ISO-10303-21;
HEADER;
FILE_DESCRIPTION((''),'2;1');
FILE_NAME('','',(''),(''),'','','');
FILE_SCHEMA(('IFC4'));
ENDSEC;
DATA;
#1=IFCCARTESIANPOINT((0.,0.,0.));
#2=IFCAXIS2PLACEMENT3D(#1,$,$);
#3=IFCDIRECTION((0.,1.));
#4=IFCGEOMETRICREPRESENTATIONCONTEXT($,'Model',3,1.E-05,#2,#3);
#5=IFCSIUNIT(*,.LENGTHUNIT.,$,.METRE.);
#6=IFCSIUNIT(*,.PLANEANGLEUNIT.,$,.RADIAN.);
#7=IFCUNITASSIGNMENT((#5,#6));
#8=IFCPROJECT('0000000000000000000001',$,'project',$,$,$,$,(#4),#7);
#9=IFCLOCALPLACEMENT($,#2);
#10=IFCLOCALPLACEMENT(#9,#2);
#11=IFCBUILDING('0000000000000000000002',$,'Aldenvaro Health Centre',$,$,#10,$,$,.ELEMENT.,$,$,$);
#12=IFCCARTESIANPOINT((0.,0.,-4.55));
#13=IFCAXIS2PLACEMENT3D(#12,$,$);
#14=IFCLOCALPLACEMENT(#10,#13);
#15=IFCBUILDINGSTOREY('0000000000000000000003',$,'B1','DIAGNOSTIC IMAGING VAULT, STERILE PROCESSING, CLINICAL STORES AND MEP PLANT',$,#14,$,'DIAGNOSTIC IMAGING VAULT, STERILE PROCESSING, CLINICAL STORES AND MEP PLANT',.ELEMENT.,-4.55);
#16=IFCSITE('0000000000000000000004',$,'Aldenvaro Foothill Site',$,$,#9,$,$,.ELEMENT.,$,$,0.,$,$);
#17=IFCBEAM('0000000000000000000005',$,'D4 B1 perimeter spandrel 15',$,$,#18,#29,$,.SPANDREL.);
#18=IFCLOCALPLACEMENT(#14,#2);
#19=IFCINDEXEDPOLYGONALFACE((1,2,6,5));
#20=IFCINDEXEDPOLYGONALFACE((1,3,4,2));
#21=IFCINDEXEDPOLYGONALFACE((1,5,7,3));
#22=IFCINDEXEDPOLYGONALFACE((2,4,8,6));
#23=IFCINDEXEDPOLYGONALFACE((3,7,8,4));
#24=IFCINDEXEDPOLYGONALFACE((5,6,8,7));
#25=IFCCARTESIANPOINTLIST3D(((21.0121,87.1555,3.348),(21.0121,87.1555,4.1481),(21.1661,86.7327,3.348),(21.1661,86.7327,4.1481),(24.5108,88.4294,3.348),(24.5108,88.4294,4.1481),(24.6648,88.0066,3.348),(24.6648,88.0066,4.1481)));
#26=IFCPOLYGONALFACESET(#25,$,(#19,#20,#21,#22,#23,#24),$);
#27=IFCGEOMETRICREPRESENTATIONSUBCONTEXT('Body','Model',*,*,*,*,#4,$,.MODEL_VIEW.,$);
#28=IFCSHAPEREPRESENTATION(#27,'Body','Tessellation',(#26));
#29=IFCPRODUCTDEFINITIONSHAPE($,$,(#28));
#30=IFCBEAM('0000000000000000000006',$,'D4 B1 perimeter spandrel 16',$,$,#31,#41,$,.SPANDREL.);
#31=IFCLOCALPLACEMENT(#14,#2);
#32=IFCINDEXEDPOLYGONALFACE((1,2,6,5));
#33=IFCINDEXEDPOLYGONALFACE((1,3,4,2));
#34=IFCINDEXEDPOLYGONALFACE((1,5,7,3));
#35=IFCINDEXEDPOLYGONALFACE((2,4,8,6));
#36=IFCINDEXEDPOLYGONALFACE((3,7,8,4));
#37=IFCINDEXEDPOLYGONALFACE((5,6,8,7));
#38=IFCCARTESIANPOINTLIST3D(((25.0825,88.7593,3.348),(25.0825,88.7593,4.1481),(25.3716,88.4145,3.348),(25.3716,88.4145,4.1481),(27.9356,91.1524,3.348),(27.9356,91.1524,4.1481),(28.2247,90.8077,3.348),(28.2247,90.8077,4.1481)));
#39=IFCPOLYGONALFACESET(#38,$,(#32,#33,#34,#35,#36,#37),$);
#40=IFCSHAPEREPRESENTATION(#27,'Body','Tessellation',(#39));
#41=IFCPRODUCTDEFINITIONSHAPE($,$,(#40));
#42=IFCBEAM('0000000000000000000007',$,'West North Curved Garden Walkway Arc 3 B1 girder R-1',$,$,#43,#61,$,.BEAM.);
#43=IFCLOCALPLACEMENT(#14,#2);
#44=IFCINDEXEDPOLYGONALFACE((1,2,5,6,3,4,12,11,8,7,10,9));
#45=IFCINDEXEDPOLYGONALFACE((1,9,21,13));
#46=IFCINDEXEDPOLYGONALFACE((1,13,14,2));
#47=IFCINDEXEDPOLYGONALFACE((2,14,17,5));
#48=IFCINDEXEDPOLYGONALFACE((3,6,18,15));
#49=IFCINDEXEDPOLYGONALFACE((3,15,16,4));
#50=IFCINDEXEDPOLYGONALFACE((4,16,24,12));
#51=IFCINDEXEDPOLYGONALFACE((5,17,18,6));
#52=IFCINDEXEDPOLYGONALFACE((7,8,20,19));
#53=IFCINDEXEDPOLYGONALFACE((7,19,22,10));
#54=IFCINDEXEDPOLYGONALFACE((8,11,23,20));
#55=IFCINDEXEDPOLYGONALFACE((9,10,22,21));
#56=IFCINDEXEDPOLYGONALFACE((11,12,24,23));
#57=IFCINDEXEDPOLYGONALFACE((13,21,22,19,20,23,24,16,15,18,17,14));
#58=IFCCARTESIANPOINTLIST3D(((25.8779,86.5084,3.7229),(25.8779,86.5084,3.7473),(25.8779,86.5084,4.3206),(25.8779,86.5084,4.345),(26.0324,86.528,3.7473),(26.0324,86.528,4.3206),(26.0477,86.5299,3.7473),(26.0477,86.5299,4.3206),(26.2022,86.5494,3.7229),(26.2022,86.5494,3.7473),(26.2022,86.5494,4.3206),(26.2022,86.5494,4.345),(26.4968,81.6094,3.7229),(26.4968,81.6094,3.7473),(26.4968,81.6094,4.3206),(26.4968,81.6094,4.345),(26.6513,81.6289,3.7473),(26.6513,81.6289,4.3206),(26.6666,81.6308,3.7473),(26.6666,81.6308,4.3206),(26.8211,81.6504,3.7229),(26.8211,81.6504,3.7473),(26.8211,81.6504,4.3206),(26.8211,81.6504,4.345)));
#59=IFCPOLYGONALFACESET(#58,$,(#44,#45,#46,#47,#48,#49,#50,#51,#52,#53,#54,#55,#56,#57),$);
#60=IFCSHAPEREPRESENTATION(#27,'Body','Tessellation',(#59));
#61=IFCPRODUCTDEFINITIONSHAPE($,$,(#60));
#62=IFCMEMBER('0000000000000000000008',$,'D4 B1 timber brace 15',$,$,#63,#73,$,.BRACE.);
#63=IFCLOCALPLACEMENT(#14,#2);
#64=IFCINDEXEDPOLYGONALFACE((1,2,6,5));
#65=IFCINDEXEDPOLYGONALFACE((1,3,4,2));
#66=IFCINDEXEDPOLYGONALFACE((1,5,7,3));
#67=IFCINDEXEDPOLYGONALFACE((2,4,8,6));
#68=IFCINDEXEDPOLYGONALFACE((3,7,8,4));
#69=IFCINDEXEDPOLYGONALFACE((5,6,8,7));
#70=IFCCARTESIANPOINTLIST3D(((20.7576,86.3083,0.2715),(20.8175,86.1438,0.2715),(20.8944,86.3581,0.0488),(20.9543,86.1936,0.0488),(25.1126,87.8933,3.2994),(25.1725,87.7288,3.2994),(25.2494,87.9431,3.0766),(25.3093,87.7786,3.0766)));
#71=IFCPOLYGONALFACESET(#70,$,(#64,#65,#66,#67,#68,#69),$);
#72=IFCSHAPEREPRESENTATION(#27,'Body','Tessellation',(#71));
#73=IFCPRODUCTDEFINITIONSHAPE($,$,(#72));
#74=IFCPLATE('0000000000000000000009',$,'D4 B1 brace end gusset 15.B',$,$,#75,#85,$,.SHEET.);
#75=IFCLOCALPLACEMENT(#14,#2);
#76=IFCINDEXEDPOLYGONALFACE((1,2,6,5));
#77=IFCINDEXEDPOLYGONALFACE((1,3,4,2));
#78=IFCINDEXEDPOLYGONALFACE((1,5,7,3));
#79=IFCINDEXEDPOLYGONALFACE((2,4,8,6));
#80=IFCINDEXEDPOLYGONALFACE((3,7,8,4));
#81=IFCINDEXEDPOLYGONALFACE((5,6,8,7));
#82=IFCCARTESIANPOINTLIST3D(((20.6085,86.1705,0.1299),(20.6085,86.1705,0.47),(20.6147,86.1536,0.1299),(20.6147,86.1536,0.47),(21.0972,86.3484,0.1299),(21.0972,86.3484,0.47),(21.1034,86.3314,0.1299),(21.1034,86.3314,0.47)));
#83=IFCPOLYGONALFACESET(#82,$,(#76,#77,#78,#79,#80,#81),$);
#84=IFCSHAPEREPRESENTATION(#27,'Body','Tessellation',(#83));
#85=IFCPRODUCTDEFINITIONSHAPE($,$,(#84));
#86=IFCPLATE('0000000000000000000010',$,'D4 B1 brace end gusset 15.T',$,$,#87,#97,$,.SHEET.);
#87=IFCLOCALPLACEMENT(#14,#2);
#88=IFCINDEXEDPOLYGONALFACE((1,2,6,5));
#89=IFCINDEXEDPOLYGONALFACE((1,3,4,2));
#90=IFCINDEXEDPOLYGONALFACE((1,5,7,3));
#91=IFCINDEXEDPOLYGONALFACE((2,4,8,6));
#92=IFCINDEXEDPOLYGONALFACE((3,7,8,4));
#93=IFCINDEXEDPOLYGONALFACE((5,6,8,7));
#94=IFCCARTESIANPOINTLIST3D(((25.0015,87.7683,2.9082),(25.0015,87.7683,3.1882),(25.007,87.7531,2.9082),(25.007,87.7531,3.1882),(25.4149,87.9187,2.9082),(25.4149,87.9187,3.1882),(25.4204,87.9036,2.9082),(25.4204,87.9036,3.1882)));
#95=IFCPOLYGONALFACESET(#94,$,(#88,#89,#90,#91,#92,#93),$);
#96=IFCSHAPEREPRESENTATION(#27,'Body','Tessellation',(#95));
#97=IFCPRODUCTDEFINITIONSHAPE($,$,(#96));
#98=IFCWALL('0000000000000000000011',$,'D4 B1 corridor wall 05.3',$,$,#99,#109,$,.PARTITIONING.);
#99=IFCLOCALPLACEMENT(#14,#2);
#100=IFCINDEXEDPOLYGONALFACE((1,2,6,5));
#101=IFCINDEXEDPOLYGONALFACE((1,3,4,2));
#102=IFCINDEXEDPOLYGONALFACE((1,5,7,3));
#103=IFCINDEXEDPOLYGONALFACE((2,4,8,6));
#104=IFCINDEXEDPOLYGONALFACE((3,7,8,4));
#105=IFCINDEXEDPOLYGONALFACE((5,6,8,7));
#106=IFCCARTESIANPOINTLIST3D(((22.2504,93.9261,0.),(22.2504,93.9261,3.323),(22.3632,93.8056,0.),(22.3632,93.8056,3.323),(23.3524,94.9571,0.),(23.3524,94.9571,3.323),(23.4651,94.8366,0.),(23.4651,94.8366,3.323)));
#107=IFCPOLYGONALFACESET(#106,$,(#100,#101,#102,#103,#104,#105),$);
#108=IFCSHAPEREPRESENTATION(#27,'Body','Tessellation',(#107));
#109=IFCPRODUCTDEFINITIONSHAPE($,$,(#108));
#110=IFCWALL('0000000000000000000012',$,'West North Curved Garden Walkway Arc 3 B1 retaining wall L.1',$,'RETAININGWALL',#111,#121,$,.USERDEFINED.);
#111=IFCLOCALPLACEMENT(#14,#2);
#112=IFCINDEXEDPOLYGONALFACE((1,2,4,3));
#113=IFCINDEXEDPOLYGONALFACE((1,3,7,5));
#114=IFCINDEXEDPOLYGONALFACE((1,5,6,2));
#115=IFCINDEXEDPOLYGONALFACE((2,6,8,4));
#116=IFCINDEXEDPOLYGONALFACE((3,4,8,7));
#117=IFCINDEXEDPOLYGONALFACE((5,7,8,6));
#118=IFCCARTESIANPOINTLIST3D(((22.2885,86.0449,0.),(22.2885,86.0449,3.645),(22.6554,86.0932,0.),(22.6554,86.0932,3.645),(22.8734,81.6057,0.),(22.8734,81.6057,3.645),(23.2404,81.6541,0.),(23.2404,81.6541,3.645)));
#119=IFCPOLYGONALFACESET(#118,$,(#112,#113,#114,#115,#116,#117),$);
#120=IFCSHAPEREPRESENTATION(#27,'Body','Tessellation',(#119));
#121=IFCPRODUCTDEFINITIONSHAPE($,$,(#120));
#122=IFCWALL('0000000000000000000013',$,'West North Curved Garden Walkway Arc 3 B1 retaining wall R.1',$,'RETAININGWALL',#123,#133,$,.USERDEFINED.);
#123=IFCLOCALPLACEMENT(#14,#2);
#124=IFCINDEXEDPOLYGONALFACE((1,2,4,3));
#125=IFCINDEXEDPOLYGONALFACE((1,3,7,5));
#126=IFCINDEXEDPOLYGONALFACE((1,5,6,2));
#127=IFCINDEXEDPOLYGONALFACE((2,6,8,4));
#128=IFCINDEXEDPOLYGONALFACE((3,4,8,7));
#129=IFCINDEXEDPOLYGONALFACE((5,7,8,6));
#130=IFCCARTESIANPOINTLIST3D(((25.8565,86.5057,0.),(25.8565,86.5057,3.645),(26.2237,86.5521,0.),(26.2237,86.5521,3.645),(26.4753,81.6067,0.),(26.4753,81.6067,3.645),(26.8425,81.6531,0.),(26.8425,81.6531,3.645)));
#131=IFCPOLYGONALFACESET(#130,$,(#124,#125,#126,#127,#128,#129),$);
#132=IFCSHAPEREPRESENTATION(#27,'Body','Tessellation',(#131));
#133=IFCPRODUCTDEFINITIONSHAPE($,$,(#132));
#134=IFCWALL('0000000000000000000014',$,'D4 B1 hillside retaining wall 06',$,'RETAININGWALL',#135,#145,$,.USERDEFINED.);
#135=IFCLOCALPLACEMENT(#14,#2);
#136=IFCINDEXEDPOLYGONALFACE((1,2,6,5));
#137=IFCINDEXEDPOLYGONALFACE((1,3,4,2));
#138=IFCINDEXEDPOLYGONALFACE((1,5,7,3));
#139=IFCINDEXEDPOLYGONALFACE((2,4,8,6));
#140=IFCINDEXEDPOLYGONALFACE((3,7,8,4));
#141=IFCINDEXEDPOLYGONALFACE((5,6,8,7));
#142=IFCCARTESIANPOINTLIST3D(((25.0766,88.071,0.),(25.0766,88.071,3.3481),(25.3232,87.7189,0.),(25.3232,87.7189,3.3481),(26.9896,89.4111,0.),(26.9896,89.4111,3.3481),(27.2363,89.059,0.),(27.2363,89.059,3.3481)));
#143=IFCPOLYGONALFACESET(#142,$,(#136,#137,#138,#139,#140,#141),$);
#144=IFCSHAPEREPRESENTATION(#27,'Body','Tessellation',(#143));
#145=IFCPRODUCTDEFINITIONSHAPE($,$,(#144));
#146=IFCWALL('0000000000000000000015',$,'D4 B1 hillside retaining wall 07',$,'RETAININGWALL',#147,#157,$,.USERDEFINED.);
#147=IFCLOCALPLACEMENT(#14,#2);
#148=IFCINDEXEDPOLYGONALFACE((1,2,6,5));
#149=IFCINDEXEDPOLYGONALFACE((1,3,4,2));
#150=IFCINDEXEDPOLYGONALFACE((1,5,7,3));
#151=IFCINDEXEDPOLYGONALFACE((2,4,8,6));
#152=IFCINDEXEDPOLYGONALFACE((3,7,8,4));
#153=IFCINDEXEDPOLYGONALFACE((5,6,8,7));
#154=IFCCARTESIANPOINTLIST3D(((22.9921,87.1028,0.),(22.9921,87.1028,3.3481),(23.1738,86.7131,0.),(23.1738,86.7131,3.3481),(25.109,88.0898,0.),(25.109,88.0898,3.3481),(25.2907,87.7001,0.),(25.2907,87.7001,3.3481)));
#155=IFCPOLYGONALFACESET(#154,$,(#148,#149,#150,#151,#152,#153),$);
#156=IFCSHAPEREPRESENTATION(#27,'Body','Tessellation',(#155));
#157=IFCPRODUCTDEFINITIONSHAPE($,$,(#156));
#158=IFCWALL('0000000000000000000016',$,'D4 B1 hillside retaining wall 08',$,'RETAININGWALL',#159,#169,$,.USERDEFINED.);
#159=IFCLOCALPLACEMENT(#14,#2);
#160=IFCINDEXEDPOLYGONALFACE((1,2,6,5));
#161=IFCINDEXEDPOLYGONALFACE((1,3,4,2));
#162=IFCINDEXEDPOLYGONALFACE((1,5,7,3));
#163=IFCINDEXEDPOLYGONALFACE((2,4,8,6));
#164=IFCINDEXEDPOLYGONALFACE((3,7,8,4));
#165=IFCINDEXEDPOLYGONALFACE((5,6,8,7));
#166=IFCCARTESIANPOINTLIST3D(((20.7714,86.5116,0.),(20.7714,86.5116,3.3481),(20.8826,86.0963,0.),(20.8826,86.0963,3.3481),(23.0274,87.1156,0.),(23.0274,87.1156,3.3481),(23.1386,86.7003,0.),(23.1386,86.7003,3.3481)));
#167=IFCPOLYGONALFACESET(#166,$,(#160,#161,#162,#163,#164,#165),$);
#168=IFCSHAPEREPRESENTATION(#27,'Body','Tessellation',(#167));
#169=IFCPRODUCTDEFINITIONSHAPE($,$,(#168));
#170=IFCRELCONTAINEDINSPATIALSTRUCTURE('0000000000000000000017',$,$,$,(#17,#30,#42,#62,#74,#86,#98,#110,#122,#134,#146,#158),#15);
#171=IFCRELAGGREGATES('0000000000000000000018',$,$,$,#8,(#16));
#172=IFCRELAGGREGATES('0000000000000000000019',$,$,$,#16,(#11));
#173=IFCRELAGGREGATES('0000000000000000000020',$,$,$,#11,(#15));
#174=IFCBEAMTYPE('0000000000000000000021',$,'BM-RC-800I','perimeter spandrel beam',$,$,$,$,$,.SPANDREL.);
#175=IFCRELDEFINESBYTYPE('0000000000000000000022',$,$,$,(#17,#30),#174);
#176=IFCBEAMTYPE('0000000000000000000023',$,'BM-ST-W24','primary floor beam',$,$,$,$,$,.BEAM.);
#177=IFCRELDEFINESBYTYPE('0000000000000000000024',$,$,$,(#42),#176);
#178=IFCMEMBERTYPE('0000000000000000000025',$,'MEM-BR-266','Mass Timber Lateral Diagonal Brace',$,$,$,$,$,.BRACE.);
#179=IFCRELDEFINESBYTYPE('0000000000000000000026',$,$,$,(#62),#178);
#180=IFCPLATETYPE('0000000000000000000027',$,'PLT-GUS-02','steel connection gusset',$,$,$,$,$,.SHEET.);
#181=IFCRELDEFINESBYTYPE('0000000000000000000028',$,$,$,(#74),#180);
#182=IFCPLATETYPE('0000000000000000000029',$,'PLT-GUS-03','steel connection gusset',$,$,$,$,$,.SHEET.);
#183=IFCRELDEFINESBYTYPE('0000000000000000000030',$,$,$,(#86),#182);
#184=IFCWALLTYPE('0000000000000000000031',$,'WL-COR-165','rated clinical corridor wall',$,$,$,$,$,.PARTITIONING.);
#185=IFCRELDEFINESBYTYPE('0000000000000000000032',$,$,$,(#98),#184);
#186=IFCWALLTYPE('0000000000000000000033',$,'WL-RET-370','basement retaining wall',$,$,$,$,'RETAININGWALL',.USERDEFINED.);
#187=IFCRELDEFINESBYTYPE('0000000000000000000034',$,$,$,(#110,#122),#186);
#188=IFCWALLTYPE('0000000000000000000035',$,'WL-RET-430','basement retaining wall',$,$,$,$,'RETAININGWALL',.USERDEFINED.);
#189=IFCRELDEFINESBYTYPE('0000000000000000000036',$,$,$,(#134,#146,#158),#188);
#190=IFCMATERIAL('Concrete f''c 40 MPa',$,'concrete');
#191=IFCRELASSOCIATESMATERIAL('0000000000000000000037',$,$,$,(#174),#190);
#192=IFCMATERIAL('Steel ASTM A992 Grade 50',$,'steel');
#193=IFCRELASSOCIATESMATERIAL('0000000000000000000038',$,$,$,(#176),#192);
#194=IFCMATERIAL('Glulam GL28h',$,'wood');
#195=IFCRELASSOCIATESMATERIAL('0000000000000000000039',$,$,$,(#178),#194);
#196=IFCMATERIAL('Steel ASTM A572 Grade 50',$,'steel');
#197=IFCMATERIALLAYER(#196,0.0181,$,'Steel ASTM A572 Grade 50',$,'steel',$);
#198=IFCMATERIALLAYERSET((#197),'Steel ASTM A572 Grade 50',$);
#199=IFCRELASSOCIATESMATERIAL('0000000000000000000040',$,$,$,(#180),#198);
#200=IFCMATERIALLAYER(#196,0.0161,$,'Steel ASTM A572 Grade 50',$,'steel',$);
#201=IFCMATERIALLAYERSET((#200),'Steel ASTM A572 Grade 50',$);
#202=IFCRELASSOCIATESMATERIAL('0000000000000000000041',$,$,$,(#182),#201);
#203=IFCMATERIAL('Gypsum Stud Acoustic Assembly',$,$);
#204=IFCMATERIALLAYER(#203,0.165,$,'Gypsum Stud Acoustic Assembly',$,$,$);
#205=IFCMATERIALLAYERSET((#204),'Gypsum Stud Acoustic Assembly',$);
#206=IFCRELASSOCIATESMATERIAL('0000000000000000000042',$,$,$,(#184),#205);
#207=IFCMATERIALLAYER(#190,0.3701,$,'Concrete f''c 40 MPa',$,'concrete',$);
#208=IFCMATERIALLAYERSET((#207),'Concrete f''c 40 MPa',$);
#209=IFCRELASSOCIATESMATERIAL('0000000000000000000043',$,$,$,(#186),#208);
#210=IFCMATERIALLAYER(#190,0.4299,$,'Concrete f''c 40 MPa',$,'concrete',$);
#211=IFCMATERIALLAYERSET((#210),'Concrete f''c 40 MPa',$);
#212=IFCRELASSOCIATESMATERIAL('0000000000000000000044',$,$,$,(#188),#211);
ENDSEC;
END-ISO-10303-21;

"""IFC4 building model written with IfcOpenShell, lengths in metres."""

from ifc_helpers import new_model, si_unit, direction, frame, frame_2d, origin, origin_2d, place, context, subcontext, project, spatial, rectangle, i_section, extrude, material, layer, layer_set, material_profile, profile_set, type_object, element, save


model = new_model("IFC4")

# Units and contexts
model_context = context("Model", 3, precision=1e-05, world=origin(), true_north=direction((0.0, 1.0)))
body_context = subcontext(model_context, "Body", "Model", "MODEL_VIEW")
ifc_project = project(units=[si_unit("LENGTHUNIT", "METRE"), si_unit("PLANEANGLEUNIT", "RADIAN")], contexts=[model_context])

# Site, building, storey
site_placement = place(None, origin())
site = spatial("IfcSite", under=ifc_project, at=site_placement, Name="Aldenvaro Foothill Site", CompositionType="ELEMENT", RefElevation=0.0)
building_placement = place(site_placement, origin())
building = spatial("IfcBuilding", under=site, at=building_placement, Name="Aldenvaro Health Centre", CompositionType="ELEMENT")
storey_placement = place(building_placement, frame((0.0, 0.0, -4.55)))
storey = spatial("IfcBuildingStorey", under=building, at=storey_placement, Name="B1", Description="DIAGNOSTIC IMAGING VAULT, STERILE PROCESSING, CLINICAL STORES AND MEP PLANT", LongName="DIAGNOSTIC IMAGING VAULT, STERILE PROCESSING, CLINICAL STORES AND MEP PLANT", CompositionType="ELEMENT", Elevation=-4.55)

# Shared definitions
ifc_material_1 = material(Name="Concrete f'c 40 MPa", Category="concrete")

# Beams
ifc_material_profile_1 = material_profile(ifc_material_1, rectangle(XDim=0.45, YDim=0.8, at=origin_2d()), Name="RC 450x800", Category="concrete")
ifc_profile_set_1 = profile_set([ifc_material_profile_1], Name="Concrete f'c 40 MPa")
beam_type_1 = type_object("IfcBeamType", Name="BM-RC-800I", Description="perimeter spandrel beam", PredefinedType="SPANDREL", material=ifc_profile_set_1)
beam_1_placement = place(storey_placement, frame((21.0891, 86.9441, 3.748), z_axis=(0.939652, 0.342133, 0.0), x_axis=(-0.342133, 0.939652, 0.0)))
element("IfcBeam", 1, at=beam_1_placement, inside=storey, type_object=beam_type_1, Name="D4 B1 perimeter spandrel 15", PredefinedType="SPANDREL", context=body_context, shape_type="SweptSolid", body=[
    extrude(rectangle(XDim=0.45, YDim=0.8, at=origin_2d()), origin(), (0.0, 0.0, 1.0), 3.7234),
])
beam_2_placement = place(storey_placement, frame((25.2271, 88.5869, 3.748), z_axis=(0.766164, 0.642645, 0.0), x_axis=(-0.642645, 0.766164, 0.0)))
element("IfcBeam", 2, at=beam_2_placement, inside=storey, type_object=beam_type_1, Name="D4 B1 perimeter spandrel 16", PredefinedType="SPANDREL", context=body_context, shape_type="SweptSolid", body=[
    extrude(rectangle(XDim=0.45, YDim=0.8, at=origin_2d()), origin(), (0.0, 0.0, 1.0), 3.7239),
])
ifc_material_2 = material(Name="Steel ASTM A992 Grade 50", Category="steel")
ifc_material_profile_2 = material_profile(ifc_material_2, i_section(OverallWidth=0.3269, OverallDepth=0.6221, WebThickness=0.0154, FlangeThickness=0.0244, at=origin_2d()), Name="W24X131", Category="steel")
ifc_profile_set_2 = profile_set([ifc_material_profile_2], Name="Steel ASTM A992 Grade 50")
beam_type_2 = type_object("IfcBeamType", Name="BM-ST-W24", Description="primary floor beam", PredefinedType="BEAM", material=ifc_profile_set_2)
beam_3_placement = place(storey_placement, frame((26.6589, 81.6299, 4.0339), z_axis=(-0.125331, 0.992115, 0.0), x_axis=(-0.992115, -0.125331, 0.0)))
element("IfcBeam", 3, at=beam_3_placement, inside=storey, type_object=beam_type_2, Name="West North Curved Garden Walkway Arc 3 B1 girder R-1", PredefinedType="BEAM", context=body_context, shape_type="SweptSolid", body=[
    extrude(i_section(OverallWidth=0.3269, OverallDepth=0.6221, WebThickness=0.0154, FlangeThickness=0.0244, at=origin_2d()), origin(), (0.0, 0.0, 1.0), 4.938),
])

# Member
ifc_material_3 = material(Name="Glulam GL28h", Category="wood")
ifc_material_profile_3 = material_profile(ifc_material_3, rectangle(XDim=0.175, YDim=0.2661, at=origin_2d()), Name="GL 175x266", Category="wood")
ifc_profile_set_3 = profile_set([ifc_material_profile_3], Name="Glulam GL28h")
member_type = type_object("IfcMemberType", Name="MEM-BR-266", Description="Mass Timber Lateral Diagonal Brace", PredefinedType="BRACE", material=ifc_profile_set_3)
member_placement = place(storey_placement, frame((20.856, 86.251, 0.1602), z_axis=(0.786686, 0.286308, 0.546949), x_axis=(-0.341997, 0.939701, 0.0)))
element("IfcMember", 4, at=member_placement, inside=storey, type_object=member_type, Name="D4 B1 timber brace 15", PredefinedType="BRACE", context=body_context, shape_type="SweptSolid", body=[
    extrude(rectangle(XDim=0.175, YDim=0.2661, at=origin_2d()), origin(), (0.0, 0.0, 1.0), 5.5359),
])

# Plates
ifc_material_4 = material(Name="Steel ASTM A572 Grade 50", Category="steel")
ifc_layer_1 = layer(ifc_material_4, 0.0181, Name="Steel ASTM A572 Grade 50", Category="steel")
ifc_layer_set_1 = layer_set([ifc_layer_1], Name="Steel ASTM A572 Grade 50")
plate_type_1 = type_object("IfcPlateType", Name="PLT-GUS-02", Description="steel connection gusset", PredefinedType="SHEET", material=ifc_layer_set_1)
plate_1_placement = place(storey_placement, frame((20.856, 86.251, 0.1299), z_axis=(0.0, 0.0, 1.0), x_axis=(0.939699, 0.342004, 0.0)))
element("IfcPlate", 5, at=plate_1_placement, inside=storey, type_object=plate_type_1, Name="D4 B1 brace end gusset 15.B", PredefinedType="SHEET", context=body_context, shape_type="SweptSolid", body=[
    extrude(rectangle(XDim=0.52, YDim=0.0181, at=origin_2d()), origin(), (0.0, 0.0, 1.0), 0.3401),
])
ifc_layer_2 = layer(ifc_material_4, 0.0161, Name="Steel ASTM A572 Grade 50", Category="steel")
ifc_layer_set_2 = layer_set([ifc_layer_2], Name="Steel ASTM A572 Grade 50")
plate_type_2 = type_object("IfcPlateType", Name="PLT-GUS-03", Description="steel connection gusset", PredefinedType="SHEET", material=ifc_layer_set_2)
plate_2_placement = place(storey_placement, frame((25.2109, 87.8359, 2.9082), z_axis=(0.0, 0.0, 1.0), x_axis=(0.939699, 0.342004, 0.0)))
element("IfcPlate", 6, at=plate_2_placement, inside=storey, type_object=plate_type_2, Name="D4 B1 brace end gusset 15.T", PredefinedType="SHEET", context=body_context, shape_type="SweptSolid", body=[
    extrude(rectangle(XDim=0.4399, YDim=0.0161, at=origin_2d()), origin(), (0.0, 0.0, 1.0), 0.28),
])

# Walls
ifc_material_5 = material(Name="Gypsum Stud Acoustic Assembly")
ifc_layer_3 = layer(ifc_material_5, 0.165, Name="Gypsum Stud Acoustic Assembly")
ifc_layer_set_3 = layer_set([ifc_layer_3], Name="Gypsum Stud Acoustic Assembly")
wall_type_1 = type_object("IfcWallType", Name="WL-COR-165", Description="rated clinical corridor wall", PredefinedType="PARTITIONING", material=ifc_layer_set_3)
wall_1_placement = place(storey_placement, frame((22.3069, 93.866, 0.0), z_axis=(0.0, 0.0, 1.0), x_axis=(0.730253, 0.683177, 0.0)))
element("IfcWall", 7, at=wall_1_placement, inside=storey, type_object=wall_type_1, Name="D4 B1 corridor wall 05.3", PredefinedType="PARTITIONING", context=body_context, shape_type="SweptSolid", body=[
    extrude(rectangle(XDim=1.509, YDim=0.165, at=frame_2d((0.7544, 0.0))), origin(), (0.0, 0.0, 1.0), 3.323),
])
ifc_layer_4 = layer(ifc_material_1, 0.3701, Name="Concrete f'c 40 MPa", Category="concrete")
ifc_layer_set_4 = layer_set([ifc_layer_4], Name="Concrete f'c 40 MPa")
wall_type_2 = type_object("IfcWallType", Name="WL-RET-370", Description="basement retaining wall", ElementType="RETAININGWALL", PredefinedType="USERDEFINED", material=ifc_layer_set_4)
wall_2_placement = place(storey_placement, frame((23.0569, 81.6299, 0.0), z_axis=(0.0, 0.0, 1.0), x_axis=(-0.130642, 0.99143, 0.0)))
element("IfcWall", 8, at=wall_2_placement, inside=storey, type_object=wall_type_2, Name="West North Curved Garden Walkway Arc 3 B1 retaining wall L.1", ObjectType="RETAININGWALL", PredefinedType="USERDEFINED", context=body_context, shape_type="SweptSolid", body=[
    extrude(rectangle(XDim=4.4775, YDim=0.3701, at=frame_2d((2.2388, 0.0))), origin(), (0.0, 0.0, 1.0), 3.645),
])
wall_3_placement = place(storey_placement, frame((26.6589, 81.6299, 0.0), z_axis=(0.0, 0.0, 1.0), x_axis=(-0.125331, 0.992115, 0.0)))
element("IfcWall", 9, at=wall_3_placement, inside=storey, type_object=wall_type_2, Name="West North Curved Garden Walkway Arc 3 B1 retaining wall R.1", ObjectType="RETAININGWALL", PredefinedType="USERDEFINED", context=body_context, shape_type="SweptSolid", body=[
    extrude(rectangle(XDim=4.938, YDim=0.3701, at=frame_2d((2.469, 0.0))), origin(), (0.0, 0.0, 1.0), 3.645),
])
ifc_layer_5 = layer(ifc_material_1, 0.4299, Name="Concrete f'c 40 MPa", Category="concrete")
ifc_layer_set_5 = layer_set([ifc_layer_5], Name="Concrete f'c 40 MPa")
wall_type_3 = type_object("IfcWallType", Name="WL-RET-430", Description="basement retaining wall", ElementType="RETAININGWALL", PredefinedType="USERDEFINED", material=ifc_layer_set_5)
for number, where, z_axis, x_axis, name in (
    (10, (27.113, 89.2351, 0.0), (0.0, 0.0, 1.0), (-0.819045, -0.573729, 0.0), "D4 B1 hillside retaining wall 06"),
    (11, (25.2, 87.895, 0.0), (0.0, 0.0, 1.0), (-0.906322, -0.422588, 0.0), "D4 B1 hillside retaining wall 07"),
):
    element("IfcWall", number, at=place(storey_placement, frame(where, z_axis=z_axis, x_axis=x_axis)), inside=storey, type_object=wall_type_3, Name=name, ObjectType="RETAININGWALL", PredefinedType="USERDEFINED", context=body_context, shape_type="SweptSolid", body=[
        extrude(rectangle(XDim=2.3357, YDim=0.4299, at=frame_2d((1.168, 0.0))), origin(), (0.0, 0.0, 1.0), 3.3481),
    ])
wall_4_placement = place(storey_placement, frame((23.083, 86.908, 0.0), z_axis=(0.0, 0.0, 1.0), x_axis=(-0.965981, -0.258612, 0.0)))
element("IfcWall", 12, at=wall_4_placement, inside=storey, type_object=wall_type_3, Name="D4 B1 hillside retaining wall 08", ObjectType="RETAININGWALL", PredefinedType="USERDEFINED", context=body_context, shape_type="SweptSolid", body=[
    extrude(rectangle(XDim=2.3354, YDim=0.4299, at=frame_2d((1.1677, 0.0))), origin(), (0.0, 0.0, 1.0), 3.3481),
])

save(model, "model.ifc")
